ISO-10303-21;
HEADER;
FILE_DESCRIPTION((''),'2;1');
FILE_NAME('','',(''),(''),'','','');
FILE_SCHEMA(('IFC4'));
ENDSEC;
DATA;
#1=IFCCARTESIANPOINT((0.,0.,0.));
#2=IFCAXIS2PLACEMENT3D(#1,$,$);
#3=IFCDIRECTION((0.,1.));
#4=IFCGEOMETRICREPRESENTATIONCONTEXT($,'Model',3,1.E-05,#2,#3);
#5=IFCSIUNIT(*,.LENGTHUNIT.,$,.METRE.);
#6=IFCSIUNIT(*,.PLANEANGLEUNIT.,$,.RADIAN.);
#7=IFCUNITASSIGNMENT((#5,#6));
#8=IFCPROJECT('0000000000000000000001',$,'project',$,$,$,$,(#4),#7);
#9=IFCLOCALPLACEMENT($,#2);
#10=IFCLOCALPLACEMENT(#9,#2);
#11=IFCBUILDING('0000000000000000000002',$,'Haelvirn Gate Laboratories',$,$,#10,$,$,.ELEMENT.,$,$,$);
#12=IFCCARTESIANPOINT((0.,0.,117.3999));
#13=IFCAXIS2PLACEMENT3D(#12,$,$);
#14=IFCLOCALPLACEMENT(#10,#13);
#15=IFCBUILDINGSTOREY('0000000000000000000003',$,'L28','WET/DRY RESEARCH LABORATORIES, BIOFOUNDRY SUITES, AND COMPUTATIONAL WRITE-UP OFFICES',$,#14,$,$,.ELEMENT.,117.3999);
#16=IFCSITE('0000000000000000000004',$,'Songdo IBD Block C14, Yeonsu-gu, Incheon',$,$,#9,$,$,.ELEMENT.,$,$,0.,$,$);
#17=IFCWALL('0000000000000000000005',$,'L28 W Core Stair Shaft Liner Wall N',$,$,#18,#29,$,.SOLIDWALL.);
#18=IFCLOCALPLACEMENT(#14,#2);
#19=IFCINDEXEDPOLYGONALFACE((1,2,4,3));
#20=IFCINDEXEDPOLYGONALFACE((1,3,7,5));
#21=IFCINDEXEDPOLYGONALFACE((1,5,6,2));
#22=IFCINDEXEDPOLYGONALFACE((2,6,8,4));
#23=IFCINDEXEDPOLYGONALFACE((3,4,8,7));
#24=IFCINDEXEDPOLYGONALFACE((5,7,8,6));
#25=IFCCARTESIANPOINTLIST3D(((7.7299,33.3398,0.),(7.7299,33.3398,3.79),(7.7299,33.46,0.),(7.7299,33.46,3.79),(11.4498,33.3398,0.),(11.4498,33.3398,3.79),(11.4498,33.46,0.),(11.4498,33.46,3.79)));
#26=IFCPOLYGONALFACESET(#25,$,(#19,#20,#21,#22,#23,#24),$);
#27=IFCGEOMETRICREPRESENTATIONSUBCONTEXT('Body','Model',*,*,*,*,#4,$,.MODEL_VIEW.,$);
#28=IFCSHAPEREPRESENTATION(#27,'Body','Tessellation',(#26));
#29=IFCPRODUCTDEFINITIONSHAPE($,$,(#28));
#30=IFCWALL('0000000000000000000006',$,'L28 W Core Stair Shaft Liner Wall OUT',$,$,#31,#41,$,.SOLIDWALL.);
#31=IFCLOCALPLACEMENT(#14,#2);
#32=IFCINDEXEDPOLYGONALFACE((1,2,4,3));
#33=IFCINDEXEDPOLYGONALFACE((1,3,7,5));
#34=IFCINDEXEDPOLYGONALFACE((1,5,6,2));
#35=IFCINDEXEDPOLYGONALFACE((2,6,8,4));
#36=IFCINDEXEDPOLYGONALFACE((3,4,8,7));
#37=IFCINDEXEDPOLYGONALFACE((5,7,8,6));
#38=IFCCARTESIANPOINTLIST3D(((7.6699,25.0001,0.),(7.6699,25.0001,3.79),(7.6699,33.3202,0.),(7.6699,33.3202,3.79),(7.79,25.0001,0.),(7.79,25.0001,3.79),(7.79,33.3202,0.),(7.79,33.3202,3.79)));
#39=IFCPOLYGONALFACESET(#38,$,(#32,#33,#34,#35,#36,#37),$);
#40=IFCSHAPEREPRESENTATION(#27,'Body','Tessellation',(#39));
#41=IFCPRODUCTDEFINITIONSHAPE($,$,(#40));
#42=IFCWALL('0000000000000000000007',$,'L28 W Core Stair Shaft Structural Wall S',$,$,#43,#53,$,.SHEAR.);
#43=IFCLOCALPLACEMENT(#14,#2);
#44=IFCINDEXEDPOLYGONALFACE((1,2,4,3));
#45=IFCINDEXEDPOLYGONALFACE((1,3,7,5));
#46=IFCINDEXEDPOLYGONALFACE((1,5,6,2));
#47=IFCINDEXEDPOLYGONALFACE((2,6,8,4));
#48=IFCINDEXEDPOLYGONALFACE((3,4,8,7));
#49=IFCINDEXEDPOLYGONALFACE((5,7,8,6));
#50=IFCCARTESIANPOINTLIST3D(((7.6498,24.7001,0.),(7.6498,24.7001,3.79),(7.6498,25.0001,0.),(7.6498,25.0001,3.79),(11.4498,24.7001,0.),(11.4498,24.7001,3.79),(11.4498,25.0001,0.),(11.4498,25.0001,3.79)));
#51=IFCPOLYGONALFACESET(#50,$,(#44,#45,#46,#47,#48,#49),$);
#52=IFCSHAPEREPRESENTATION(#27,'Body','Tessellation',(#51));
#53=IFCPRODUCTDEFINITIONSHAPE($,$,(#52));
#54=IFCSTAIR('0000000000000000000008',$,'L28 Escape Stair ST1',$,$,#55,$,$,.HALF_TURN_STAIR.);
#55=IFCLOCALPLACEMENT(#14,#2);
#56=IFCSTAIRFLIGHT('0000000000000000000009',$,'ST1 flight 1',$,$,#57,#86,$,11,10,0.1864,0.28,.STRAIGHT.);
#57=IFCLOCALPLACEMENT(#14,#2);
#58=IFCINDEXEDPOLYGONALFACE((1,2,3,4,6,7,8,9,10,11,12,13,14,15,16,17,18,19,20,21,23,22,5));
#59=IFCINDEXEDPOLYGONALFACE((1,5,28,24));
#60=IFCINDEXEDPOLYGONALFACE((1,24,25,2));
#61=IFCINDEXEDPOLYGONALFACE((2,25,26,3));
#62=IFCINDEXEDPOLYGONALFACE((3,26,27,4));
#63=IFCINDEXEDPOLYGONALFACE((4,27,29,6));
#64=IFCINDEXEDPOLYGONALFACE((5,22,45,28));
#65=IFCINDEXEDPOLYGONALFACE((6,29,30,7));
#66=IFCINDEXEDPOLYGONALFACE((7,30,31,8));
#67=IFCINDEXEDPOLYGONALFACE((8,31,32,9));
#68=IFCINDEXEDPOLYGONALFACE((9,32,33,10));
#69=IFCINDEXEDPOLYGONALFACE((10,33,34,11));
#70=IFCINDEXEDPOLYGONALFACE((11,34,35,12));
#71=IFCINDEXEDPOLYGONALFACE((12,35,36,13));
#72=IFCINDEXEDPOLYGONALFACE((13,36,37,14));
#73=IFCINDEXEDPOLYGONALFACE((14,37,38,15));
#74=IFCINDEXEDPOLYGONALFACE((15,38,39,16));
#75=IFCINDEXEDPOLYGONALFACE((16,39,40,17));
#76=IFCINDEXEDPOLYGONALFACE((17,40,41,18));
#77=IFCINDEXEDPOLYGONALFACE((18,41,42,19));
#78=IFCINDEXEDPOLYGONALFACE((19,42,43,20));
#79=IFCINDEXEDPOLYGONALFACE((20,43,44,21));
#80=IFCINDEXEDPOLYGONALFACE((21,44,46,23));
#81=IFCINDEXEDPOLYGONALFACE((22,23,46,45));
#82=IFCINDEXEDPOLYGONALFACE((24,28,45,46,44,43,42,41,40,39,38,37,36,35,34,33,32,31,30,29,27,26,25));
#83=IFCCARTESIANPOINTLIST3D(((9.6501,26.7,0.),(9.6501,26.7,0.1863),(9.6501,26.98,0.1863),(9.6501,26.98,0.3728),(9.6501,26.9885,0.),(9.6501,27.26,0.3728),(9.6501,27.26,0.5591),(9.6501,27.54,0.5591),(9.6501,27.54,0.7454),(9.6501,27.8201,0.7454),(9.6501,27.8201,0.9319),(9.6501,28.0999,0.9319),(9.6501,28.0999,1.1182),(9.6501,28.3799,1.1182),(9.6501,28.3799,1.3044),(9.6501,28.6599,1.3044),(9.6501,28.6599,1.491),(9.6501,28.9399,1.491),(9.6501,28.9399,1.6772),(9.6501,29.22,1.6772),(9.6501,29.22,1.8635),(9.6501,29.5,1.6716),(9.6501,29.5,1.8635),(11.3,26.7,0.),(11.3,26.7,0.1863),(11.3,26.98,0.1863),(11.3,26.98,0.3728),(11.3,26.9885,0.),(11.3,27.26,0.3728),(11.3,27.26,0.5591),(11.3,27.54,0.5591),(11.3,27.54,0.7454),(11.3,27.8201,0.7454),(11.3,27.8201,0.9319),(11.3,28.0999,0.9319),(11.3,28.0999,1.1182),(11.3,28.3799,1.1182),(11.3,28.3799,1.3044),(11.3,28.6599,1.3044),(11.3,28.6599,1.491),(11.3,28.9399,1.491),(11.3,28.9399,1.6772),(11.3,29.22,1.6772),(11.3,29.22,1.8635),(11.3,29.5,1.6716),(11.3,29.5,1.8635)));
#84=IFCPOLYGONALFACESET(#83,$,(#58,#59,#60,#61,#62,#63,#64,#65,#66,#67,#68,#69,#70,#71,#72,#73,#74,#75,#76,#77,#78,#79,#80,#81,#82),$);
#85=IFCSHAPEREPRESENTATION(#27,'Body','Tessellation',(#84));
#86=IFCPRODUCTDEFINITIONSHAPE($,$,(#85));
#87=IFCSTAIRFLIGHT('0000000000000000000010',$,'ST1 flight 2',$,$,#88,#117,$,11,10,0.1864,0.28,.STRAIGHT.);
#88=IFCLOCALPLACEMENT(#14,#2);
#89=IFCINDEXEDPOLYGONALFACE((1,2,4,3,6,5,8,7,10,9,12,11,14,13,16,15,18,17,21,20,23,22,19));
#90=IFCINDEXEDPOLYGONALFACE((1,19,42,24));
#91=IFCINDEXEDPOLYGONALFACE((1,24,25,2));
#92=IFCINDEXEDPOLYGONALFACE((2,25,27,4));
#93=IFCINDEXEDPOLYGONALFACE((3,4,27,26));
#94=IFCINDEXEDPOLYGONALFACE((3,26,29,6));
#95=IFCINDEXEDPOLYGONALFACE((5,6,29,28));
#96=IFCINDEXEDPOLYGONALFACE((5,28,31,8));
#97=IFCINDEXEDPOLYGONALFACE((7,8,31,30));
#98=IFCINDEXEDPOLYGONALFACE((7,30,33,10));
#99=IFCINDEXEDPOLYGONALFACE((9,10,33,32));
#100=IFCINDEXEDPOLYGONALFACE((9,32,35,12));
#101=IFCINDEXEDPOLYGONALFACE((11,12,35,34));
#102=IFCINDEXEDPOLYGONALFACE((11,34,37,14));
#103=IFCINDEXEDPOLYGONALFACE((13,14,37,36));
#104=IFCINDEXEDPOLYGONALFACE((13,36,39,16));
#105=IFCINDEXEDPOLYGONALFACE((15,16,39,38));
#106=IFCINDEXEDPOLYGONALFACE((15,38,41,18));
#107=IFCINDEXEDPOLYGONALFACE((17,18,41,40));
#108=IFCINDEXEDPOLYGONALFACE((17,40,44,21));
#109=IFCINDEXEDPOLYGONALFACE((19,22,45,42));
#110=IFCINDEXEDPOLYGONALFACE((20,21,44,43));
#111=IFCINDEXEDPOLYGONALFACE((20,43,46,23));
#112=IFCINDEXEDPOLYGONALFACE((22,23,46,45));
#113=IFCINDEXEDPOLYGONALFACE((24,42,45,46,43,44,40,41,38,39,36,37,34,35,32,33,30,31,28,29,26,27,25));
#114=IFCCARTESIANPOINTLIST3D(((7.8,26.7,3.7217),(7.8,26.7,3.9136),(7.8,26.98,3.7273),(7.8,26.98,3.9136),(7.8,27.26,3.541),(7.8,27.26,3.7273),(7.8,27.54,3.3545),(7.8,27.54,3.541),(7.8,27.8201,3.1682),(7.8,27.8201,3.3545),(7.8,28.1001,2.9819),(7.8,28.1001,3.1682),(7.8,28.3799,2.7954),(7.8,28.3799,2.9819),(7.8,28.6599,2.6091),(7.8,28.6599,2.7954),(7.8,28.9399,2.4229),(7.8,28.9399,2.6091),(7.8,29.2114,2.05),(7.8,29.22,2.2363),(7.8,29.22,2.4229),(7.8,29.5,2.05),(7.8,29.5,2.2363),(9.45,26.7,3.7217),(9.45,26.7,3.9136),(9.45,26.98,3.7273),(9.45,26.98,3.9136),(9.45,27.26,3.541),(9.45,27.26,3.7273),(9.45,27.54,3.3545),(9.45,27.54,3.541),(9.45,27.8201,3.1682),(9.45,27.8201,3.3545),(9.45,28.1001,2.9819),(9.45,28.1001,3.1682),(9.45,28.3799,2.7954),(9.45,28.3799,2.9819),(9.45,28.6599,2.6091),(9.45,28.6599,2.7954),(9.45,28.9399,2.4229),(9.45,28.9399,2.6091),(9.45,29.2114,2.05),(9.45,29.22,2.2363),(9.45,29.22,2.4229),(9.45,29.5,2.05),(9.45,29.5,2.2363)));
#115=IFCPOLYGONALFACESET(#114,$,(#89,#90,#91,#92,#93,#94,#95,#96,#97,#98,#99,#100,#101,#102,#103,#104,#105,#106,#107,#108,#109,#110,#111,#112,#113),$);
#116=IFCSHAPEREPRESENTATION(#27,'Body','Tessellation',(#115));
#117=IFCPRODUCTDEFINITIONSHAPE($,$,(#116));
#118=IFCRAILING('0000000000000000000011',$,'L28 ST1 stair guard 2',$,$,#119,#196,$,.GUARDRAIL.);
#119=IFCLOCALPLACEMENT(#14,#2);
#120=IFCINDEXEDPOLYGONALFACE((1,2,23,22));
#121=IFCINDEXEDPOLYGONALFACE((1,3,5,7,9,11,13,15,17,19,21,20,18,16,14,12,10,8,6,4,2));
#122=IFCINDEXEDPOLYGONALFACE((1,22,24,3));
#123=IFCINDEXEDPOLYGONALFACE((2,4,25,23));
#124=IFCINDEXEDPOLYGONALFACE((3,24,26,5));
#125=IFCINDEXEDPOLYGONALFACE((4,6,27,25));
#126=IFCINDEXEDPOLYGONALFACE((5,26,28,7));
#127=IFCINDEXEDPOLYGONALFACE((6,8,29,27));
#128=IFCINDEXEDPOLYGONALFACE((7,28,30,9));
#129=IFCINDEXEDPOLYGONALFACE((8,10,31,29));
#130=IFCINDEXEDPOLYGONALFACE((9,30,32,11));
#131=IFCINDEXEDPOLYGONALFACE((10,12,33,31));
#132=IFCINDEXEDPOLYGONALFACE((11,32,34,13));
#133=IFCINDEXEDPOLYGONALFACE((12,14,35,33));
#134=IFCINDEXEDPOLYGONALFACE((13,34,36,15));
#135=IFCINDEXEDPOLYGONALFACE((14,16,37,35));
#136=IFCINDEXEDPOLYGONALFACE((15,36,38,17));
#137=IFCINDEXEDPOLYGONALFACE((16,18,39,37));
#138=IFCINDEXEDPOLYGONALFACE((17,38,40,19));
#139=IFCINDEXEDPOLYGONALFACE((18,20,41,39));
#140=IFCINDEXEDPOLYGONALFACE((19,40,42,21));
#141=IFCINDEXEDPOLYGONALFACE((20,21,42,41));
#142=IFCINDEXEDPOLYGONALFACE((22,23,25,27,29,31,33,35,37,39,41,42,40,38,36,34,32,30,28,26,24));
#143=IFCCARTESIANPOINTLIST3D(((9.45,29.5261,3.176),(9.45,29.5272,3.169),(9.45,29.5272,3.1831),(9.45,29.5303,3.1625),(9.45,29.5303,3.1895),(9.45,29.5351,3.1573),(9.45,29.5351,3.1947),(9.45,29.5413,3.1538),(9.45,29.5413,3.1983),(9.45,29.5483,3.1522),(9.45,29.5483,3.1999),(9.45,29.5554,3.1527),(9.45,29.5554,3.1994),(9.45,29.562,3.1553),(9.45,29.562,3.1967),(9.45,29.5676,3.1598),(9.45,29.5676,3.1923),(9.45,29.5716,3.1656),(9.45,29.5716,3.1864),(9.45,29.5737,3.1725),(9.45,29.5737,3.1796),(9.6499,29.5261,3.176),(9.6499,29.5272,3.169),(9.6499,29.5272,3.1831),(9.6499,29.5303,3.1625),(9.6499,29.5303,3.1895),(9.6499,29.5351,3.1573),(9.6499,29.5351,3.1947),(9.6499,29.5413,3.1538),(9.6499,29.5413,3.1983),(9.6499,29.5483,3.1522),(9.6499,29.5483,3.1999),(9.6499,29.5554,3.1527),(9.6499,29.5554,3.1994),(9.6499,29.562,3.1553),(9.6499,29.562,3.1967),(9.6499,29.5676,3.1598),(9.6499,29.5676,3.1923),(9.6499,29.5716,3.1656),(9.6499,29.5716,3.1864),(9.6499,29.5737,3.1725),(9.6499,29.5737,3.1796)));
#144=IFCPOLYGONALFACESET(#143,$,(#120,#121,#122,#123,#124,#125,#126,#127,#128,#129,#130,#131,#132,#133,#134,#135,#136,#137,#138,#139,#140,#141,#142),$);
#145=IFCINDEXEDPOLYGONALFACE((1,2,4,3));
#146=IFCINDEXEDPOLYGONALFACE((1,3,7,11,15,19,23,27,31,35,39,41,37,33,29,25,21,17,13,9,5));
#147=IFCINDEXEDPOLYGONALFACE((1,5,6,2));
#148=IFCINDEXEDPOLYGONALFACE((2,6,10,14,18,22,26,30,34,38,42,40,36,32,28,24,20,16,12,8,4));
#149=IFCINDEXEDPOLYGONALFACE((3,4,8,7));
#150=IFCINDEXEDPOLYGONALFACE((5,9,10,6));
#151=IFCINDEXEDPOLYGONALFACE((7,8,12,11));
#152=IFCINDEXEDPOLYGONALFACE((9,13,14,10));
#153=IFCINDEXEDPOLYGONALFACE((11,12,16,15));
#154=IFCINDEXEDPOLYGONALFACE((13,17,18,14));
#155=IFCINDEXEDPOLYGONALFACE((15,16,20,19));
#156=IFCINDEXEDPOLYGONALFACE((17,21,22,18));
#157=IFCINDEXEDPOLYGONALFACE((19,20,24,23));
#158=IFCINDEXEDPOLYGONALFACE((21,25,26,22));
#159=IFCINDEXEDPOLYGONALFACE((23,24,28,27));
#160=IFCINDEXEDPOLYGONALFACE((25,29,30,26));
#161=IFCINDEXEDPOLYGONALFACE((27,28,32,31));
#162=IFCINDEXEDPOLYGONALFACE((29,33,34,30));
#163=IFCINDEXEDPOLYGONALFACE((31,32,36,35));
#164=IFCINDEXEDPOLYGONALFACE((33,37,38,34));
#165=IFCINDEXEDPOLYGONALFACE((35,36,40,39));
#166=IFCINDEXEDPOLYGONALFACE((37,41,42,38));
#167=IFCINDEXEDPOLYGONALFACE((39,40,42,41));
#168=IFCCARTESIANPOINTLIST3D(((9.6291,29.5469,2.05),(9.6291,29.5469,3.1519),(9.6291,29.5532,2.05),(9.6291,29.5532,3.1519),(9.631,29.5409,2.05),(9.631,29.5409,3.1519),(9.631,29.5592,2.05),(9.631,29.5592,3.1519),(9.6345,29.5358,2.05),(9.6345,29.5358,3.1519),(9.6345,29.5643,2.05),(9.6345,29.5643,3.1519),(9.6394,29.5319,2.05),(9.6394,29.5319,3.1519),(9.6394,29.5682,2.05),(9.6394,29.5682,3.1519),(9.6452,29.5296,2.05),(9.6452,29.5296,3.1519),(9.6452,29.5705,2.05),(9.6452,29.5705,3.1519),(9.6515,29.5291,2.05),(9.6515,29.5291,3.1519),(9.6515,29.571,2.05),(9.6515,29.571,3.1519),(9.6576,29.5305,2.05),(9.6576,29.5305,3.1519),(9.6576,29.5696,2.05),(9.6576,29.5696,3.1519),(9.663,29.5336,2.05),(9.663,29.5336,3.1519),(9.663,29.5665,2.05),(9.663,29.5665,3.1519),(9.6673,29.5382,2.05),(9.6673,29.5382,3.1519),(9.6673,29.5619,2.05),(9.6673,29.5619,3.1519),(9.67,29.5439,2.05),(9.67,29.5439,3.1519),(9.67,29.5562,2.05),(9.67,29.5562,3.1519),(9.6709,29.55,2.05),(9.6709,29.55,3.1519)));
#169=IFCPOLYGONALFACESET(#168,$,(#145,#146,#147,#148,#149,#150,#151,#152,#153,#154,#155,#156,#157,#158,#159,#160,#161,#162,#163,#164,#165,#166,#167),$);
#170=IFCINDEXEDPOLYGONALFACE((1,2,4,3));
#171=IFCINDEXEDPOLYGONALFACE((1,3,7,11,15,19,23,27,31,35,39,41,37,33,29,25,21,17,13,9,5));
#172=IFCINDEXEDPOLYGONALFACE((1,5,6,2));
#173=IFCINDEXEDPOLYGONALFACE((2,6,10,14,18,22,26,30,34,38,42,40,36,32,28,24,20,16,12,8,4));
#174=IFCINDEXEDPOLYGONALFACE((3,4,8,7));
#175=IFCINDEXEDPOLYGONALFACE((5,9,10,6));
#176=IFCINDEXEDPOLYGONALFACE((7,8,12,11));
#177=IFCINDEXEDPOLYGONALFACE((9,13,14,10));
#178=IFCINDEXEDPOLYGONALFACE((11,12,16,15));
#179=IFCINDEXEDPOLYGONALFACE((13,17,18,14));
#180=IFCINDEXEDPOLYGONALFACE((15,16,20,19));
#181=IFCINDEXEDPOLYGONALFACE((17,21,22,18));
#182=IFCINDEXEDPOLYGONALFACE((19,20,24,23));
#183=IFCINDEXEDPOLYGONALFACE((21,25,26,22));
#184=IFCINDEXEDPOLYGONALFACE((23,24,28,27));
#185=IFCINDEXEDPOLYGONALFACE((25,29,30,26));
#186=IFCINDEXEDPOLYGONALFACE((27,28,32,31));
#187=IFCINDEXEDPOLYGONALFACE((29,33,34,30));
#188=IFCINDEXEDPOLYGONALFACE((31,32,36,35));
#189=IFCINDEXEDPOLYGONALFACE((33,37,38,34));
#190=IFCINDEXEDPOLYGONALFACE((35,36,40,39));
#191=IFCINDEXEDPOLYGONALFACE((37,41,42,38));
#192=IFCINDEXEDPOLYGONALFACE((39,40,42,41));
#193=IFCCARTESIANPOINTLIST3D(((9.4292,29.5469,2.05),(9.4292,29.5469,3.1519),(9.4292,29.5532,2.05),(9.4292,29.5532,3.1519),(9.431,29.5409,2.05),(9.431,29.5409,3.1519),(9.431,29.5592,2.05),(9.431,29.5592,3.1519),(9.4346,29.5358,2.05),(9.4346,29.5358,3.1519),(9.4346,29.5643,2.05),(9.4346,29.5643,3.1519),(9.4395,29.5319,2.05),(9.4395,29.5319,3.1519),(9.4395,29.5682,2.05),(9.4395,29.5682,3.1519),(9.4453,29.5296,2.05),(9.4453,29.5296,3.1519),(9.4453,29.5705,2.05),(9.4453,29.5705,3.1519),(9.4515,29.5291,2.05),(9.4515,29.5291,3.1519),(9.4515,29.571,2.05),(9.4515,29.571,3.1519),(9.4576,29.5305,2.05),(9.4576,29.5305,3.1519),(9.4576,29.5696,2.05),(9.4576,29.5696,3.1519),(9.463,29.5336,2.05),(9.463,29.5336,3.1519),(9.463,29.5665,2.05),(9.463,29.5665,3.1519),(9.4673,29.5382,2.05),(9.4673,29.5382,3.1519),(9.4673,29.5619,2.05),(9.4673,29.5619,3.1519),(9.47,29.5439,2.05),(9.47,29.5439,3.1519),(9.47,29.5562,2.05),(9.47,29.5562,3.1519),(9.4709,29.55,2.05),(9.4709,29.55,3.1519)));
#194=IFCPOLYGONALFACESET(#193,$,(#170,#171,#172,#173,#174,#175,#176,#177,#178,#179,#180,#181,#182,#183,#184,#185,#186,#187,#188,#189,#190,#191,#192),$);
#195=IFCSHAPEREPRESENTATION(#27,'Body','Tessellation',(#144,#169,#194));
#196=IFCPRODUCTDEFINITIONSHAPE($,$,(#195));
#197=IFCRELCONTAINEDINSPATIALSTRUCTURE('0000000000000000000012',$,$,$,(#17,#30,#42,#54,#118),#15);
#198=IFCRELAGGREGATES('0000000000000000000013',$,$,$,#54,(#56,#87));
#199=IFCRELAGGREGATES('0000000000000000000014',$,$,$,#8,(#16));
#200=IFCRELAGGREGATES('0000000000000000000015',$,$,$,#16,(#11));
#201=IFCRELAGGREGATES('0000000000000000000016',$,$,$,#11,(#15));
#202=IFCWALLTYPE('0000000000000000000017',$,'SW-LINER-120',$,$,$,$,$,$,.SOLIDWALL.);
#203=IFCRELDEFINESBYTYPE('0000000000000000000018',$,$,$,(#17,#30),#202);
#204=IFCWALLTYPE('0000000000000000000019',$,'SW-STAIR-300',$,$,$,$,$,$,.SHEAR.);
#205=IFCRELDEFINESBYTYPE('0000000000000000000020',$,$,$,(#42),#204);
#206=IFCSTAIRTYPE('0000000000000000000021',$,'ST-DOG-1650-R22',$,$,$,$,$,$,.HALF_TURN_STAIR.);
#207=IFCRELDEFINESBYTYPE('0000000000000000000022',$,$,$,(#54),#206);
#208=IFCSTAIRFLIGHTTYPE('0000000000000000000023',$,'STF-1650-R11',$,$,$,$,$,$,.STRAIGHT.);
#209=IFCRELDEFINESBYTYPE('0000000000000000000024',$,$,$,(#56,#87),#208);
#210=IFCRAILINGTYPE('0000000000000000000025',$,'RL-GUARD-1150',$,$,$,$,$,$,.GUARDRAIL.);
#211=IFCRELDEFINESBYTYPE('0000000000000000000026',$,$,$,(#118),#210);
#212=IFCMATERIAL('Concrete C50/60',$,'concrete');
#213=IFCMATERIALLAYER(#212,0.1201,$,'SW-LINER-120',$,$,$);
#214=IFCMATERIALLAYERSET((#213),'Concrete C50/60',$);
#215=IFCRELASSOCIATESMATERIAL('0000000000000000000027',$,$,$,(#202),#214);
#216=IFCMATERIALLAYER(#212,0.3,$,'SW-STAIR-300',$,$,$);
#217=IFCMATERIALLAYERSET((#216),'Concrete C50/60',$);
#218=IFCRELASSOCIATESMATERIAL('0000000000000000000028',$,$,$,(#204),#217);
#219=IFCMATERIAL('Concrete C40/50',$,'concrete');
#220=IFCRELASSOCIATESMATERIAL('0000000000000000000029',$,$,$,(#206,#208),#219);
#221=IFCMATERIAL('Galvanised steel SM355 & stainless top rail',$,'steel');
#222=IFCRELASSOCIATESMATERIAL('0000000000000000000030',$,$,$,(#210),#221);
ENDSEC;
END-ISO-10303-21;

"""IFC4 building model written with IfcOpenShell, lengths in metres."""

from ifc_helpers import new_model, si_unit, direction, frame, frame_2d, origin, origin_2d, place, context, subcontext, project, spatial, polyline, rectangle, circle, outline, extrude, source, transform, mapped, material, layer, layer_set, type_object, type_shapes, element, aggregate, save


model = new_model("IFC4")

# Units and contexts
model_context = context("Model", 3, precision=1e-05, world=origin(), true_north=direction((0.0, 1.0)))
body_context = subcontext(model_context, "Body", "Model", "MODEL_VIEW")
ifc_project = project(units=[si_unit("LENGTHUNIT", "METRE"), si_unit("PLANEANGLEUNIT", "RADIAN")], contexts=[model_context])

# Site, building, storey
site_placement = place(None, origin())
site = spatial("IfcSite", under=ifc_project, at=site_placement, Name="Songdo IBD Block C14, Yeonsu-gu, Incheon", CompositionType="ELEMENT", RefElevation=0.0)
building_placement = place(site_placement, origin())
building = spatial("IfcBuilding", under=site, at=building_placement, Name="Haelvirn Gate Laboratories", CompositionType="ELEMENT")
storey_placement = place(building_placement, frame((0.0, 0.0, 117.3999)))
storey = spatial("IfcBuildingStorey", under=building, at=storey_placement, Name="L28", Description="WET/DRY RESEARCH LABORATORIES, BIOFOUNDRY SUITES, AND COMPUTATIONAL WRITE-UP OFFICES", CompositionType="ELEMENT", Elevation=117.3999)

# Walls
ifc_material_1 = material(Name="Concrete C40/50", Category="concrete")
ifc_material_2 = material(Name="Concrete C50/60", Category="concrete")
ifc_layer_1 = layer(ifc_material_2, 0.1201, Name="SW-LINER-120")
ifc_layer_set_1 = layer_set([ifc_layer_1], Name="Concrete C50/60")
wall_type_1 = type_object("IfcWallType", Name="SW-LINER-120", PredefinedType="SOLIDWALL", material=ifc_layer_set_1)
wall_1_placement = place(storey_placement, frame((7.73, 33.3999, 0.0), z_axis=(0.0, 0.0, 1.0), x_axis=(1.0, 0.0, 0.0)))
element("IfcWall", 1, at=wall_1_placement, inside=storey, type_object=wall_type_1, Name="L28 W Core Stair Shaft Liner Wall N", PredefinedType="SOLIDWALL", context=body_context, shape_type="SweptSolid", body=[
    extrude(rectangle(XDim=3.72, YDim=0.1201, at=frame_2d((1.8599, 0.0))), origin(), (0.0, 0.0, 1.0), 3.79),
])
wall_2_placement = place(storey_placement, frame((7.73, 25.0, 0.0), z_axis=(0.0, 0.0, 1.0), x_axis=(0.0, 1.0, 0.0)))
element("IfcWall", 2, at=wall_2_placement, inside=storey, type_object=wall_type_1, Name="L28 W Core Stair Shaft Liner Wall OUT", PredefinedType="SOLIDWALL", context=body_context, shape_type="SweptSolid", body=[
    extrude(rectangle(XDim=8.3201, YDim=0.1201, at=frame_2d((4.1602, 0.0))), origin(), (0.0, 0.0, 1.0), 3.79),
])
ifc_layer_2 = layer(ifc_material_2, 0.3, Name="SW-STAIR-300")
ifc_layer_set_2 = layer_set([ifc_layer_2], Name="Concrete C50/60")
wall_type_2 = type_object("IfcWallType", Name="SW-STAIR-300", PredefinedType="SHEAR", material=ifc_layer_set_2)
wall_3_placement = place(storey_placement, frame((7.6499, 24.8501, 0.0), z_axis=(0.0, 0.0, 1.0), x_axis=(1.0, 0.0, 0.0)))
element("IfcWall", 3, at=wall_3_placement, inside=storey, type_object=wall_type_2, Name="L28 W Core Stair Shaft Structural Wall S", PredefinedType="SHEAR", context=body_context, shape_type="SweptSolid", body=[
    extrude(rectangle(XDim=3.8, YDim=0.3, at=frame_2d((1.8999, 0.0))), origin(), (0.0, 0.0, 1.0), 3.79),
])

# Stair, stair flights
stair_type = type_object("IfcStairType", Name="ST-DOG-1650-R22", PredefinedType="HALF_TURN_STAIR", material=ifc_material_1)
stair_placement = place(storey_placement, origin())
stair = element("IfcStair", 4, at=stair_placement, inside=storey, type_object=stair_type, Name="L28 Escape Stair ST1", PredefinedType="HALF_TURN_STAIR")
stair_flight_type = type_object("IfcStairFlightType", Name="STF-1650-R11", PredefinedType="STRAIGHT", material=ifc_material_1)
shared_shape_1 = source(origin(), body_context, "Body", "SweptSolid", [
    extrude(outline(polyline([(0.0, 0.0), (0.0, 0.1863), (0.28, 0.1863), (0.28, 0.3728), (0.5601, 0.3728), (0.5601, 0.5591), (0.8401, 0.5591), (0.8401, 0.7454), (1.1201, 0.7454), (1.1201, 0.9319), (1.3999, 0.9319), (1.3999, 1.1182), (1.6799, 1.1182), (1.6799, 1.3044), (1.96, 1.3044), (1.96, 1.491), (2.24, 1.491), (2.24, 1.6772), (2.52, 1.6772), (2.52, 1.8635), (2.8, 1.8635), (2.8, 2.05), (2.8, 1.6716), (0.2886, 0.0), (0.0, 0.0)])), frame((0.0, 0.825, 0.0), z_axis=(0.0, -1.0, 0.0), x_axis=(1.0, 0.0, 0.0)), (0.0, 0.0, 1.0), 1.6499),
])
type_shapes(stair_flight_type, [shared_shape_1])
stair_flight_1_placement = place(storey_placement, frame((10.4751, 26.7, 0.0), z_axis=(0.0, 0.0, 1.0), x_axis=(0.0, 1.0, 0.0)))
stair_flight_1 = element("IfcStairFlight", 5, at=stair_flight_1_placement, type_object=stair_flight_type, Name="ST1 flight 1", NumberOfRisers=11, NumberOfTreads=10, PredefinedType="STRAIGHT", RiserHeight=0.1864, TreadLength=0.28, context=body_context, shape_type="MappedRepresentation", body=[
    mapped(shared_shape_1, transform((0.0, 0.0, 0.0), scale=1.0)),
])
stair_flight_2_placement = place(storey_placement, frame((8.625, 29.5, 2.05), z_axis=(0.0, 0.0, 1.0), x_axis=(0.0, -1.0, 0.0)))
stair_flight_2 = element("IfcStairFlight", 6, at=stair_flight_2_placement, type_object=stair_flight_type, Name="ST1 flight 2", NumberOfRisers=11, NumberOfTreads=10, PredefinedType="STRAIGHT", RiserHeight=0.1864, TreadLength=0.28, context=body_context, shape_type="MappedRepresentation", body=[
    mapped(shared_shape_1, transform((0.0, 0.0, 0.0), scale=1.0)),
])
aggregate(stair, [stair_flight_1, stair_flight_2])

# Railing
ifc_material_3 = material(Name="Galvanised steel SM355 & stainless top rail", Category="steel")
railing_type_1 = type_object("IfcRailingType", Name="RL-GUARD-1150", PredefinedType="GUARDRAIL", material=ifc_material_3)
shared_shape_2 = source(origin(), body_context, "Body", "SweptSolid", [
    extrude(circle(Radius=0.0239, at=origin_2d()), frame((0.0, 0.0, 1.126), z_axis=(-1.0, 0.0, 0.0), x_axis=(0.0, -1.0, 0.0)), (0.0, 0.0, 1.0), 0.2),
    extrude(circle(Radius=0.021, at=origin_2d()), origin(), (0.0, 0.0, 1.0), 1.1018),
    extrude(circle(Radius=0.021, at=origin_2d()), frame((-0.2, 0.0, 0.0)), (0.0, 0.0, 1.0), 1.1018),
])
for number, where, name in (
    (7, (9.6499, 29.55, 2.05), "L28 ST1 stair guard 2"),
):
    element("IfcRailing", number, at=place(storey_placement, frame(where)), inside=storey, type_object=railing_type_1, Name=name, PredefinedType="GUARDRAIL", context=body_context, shape_type="MappedRepresentation", body=[
        mapped(shared_shape_2, transform((0.0, 0.0, 0.0), scale=1.0)),
    ])

save(model, "model.ifc")
